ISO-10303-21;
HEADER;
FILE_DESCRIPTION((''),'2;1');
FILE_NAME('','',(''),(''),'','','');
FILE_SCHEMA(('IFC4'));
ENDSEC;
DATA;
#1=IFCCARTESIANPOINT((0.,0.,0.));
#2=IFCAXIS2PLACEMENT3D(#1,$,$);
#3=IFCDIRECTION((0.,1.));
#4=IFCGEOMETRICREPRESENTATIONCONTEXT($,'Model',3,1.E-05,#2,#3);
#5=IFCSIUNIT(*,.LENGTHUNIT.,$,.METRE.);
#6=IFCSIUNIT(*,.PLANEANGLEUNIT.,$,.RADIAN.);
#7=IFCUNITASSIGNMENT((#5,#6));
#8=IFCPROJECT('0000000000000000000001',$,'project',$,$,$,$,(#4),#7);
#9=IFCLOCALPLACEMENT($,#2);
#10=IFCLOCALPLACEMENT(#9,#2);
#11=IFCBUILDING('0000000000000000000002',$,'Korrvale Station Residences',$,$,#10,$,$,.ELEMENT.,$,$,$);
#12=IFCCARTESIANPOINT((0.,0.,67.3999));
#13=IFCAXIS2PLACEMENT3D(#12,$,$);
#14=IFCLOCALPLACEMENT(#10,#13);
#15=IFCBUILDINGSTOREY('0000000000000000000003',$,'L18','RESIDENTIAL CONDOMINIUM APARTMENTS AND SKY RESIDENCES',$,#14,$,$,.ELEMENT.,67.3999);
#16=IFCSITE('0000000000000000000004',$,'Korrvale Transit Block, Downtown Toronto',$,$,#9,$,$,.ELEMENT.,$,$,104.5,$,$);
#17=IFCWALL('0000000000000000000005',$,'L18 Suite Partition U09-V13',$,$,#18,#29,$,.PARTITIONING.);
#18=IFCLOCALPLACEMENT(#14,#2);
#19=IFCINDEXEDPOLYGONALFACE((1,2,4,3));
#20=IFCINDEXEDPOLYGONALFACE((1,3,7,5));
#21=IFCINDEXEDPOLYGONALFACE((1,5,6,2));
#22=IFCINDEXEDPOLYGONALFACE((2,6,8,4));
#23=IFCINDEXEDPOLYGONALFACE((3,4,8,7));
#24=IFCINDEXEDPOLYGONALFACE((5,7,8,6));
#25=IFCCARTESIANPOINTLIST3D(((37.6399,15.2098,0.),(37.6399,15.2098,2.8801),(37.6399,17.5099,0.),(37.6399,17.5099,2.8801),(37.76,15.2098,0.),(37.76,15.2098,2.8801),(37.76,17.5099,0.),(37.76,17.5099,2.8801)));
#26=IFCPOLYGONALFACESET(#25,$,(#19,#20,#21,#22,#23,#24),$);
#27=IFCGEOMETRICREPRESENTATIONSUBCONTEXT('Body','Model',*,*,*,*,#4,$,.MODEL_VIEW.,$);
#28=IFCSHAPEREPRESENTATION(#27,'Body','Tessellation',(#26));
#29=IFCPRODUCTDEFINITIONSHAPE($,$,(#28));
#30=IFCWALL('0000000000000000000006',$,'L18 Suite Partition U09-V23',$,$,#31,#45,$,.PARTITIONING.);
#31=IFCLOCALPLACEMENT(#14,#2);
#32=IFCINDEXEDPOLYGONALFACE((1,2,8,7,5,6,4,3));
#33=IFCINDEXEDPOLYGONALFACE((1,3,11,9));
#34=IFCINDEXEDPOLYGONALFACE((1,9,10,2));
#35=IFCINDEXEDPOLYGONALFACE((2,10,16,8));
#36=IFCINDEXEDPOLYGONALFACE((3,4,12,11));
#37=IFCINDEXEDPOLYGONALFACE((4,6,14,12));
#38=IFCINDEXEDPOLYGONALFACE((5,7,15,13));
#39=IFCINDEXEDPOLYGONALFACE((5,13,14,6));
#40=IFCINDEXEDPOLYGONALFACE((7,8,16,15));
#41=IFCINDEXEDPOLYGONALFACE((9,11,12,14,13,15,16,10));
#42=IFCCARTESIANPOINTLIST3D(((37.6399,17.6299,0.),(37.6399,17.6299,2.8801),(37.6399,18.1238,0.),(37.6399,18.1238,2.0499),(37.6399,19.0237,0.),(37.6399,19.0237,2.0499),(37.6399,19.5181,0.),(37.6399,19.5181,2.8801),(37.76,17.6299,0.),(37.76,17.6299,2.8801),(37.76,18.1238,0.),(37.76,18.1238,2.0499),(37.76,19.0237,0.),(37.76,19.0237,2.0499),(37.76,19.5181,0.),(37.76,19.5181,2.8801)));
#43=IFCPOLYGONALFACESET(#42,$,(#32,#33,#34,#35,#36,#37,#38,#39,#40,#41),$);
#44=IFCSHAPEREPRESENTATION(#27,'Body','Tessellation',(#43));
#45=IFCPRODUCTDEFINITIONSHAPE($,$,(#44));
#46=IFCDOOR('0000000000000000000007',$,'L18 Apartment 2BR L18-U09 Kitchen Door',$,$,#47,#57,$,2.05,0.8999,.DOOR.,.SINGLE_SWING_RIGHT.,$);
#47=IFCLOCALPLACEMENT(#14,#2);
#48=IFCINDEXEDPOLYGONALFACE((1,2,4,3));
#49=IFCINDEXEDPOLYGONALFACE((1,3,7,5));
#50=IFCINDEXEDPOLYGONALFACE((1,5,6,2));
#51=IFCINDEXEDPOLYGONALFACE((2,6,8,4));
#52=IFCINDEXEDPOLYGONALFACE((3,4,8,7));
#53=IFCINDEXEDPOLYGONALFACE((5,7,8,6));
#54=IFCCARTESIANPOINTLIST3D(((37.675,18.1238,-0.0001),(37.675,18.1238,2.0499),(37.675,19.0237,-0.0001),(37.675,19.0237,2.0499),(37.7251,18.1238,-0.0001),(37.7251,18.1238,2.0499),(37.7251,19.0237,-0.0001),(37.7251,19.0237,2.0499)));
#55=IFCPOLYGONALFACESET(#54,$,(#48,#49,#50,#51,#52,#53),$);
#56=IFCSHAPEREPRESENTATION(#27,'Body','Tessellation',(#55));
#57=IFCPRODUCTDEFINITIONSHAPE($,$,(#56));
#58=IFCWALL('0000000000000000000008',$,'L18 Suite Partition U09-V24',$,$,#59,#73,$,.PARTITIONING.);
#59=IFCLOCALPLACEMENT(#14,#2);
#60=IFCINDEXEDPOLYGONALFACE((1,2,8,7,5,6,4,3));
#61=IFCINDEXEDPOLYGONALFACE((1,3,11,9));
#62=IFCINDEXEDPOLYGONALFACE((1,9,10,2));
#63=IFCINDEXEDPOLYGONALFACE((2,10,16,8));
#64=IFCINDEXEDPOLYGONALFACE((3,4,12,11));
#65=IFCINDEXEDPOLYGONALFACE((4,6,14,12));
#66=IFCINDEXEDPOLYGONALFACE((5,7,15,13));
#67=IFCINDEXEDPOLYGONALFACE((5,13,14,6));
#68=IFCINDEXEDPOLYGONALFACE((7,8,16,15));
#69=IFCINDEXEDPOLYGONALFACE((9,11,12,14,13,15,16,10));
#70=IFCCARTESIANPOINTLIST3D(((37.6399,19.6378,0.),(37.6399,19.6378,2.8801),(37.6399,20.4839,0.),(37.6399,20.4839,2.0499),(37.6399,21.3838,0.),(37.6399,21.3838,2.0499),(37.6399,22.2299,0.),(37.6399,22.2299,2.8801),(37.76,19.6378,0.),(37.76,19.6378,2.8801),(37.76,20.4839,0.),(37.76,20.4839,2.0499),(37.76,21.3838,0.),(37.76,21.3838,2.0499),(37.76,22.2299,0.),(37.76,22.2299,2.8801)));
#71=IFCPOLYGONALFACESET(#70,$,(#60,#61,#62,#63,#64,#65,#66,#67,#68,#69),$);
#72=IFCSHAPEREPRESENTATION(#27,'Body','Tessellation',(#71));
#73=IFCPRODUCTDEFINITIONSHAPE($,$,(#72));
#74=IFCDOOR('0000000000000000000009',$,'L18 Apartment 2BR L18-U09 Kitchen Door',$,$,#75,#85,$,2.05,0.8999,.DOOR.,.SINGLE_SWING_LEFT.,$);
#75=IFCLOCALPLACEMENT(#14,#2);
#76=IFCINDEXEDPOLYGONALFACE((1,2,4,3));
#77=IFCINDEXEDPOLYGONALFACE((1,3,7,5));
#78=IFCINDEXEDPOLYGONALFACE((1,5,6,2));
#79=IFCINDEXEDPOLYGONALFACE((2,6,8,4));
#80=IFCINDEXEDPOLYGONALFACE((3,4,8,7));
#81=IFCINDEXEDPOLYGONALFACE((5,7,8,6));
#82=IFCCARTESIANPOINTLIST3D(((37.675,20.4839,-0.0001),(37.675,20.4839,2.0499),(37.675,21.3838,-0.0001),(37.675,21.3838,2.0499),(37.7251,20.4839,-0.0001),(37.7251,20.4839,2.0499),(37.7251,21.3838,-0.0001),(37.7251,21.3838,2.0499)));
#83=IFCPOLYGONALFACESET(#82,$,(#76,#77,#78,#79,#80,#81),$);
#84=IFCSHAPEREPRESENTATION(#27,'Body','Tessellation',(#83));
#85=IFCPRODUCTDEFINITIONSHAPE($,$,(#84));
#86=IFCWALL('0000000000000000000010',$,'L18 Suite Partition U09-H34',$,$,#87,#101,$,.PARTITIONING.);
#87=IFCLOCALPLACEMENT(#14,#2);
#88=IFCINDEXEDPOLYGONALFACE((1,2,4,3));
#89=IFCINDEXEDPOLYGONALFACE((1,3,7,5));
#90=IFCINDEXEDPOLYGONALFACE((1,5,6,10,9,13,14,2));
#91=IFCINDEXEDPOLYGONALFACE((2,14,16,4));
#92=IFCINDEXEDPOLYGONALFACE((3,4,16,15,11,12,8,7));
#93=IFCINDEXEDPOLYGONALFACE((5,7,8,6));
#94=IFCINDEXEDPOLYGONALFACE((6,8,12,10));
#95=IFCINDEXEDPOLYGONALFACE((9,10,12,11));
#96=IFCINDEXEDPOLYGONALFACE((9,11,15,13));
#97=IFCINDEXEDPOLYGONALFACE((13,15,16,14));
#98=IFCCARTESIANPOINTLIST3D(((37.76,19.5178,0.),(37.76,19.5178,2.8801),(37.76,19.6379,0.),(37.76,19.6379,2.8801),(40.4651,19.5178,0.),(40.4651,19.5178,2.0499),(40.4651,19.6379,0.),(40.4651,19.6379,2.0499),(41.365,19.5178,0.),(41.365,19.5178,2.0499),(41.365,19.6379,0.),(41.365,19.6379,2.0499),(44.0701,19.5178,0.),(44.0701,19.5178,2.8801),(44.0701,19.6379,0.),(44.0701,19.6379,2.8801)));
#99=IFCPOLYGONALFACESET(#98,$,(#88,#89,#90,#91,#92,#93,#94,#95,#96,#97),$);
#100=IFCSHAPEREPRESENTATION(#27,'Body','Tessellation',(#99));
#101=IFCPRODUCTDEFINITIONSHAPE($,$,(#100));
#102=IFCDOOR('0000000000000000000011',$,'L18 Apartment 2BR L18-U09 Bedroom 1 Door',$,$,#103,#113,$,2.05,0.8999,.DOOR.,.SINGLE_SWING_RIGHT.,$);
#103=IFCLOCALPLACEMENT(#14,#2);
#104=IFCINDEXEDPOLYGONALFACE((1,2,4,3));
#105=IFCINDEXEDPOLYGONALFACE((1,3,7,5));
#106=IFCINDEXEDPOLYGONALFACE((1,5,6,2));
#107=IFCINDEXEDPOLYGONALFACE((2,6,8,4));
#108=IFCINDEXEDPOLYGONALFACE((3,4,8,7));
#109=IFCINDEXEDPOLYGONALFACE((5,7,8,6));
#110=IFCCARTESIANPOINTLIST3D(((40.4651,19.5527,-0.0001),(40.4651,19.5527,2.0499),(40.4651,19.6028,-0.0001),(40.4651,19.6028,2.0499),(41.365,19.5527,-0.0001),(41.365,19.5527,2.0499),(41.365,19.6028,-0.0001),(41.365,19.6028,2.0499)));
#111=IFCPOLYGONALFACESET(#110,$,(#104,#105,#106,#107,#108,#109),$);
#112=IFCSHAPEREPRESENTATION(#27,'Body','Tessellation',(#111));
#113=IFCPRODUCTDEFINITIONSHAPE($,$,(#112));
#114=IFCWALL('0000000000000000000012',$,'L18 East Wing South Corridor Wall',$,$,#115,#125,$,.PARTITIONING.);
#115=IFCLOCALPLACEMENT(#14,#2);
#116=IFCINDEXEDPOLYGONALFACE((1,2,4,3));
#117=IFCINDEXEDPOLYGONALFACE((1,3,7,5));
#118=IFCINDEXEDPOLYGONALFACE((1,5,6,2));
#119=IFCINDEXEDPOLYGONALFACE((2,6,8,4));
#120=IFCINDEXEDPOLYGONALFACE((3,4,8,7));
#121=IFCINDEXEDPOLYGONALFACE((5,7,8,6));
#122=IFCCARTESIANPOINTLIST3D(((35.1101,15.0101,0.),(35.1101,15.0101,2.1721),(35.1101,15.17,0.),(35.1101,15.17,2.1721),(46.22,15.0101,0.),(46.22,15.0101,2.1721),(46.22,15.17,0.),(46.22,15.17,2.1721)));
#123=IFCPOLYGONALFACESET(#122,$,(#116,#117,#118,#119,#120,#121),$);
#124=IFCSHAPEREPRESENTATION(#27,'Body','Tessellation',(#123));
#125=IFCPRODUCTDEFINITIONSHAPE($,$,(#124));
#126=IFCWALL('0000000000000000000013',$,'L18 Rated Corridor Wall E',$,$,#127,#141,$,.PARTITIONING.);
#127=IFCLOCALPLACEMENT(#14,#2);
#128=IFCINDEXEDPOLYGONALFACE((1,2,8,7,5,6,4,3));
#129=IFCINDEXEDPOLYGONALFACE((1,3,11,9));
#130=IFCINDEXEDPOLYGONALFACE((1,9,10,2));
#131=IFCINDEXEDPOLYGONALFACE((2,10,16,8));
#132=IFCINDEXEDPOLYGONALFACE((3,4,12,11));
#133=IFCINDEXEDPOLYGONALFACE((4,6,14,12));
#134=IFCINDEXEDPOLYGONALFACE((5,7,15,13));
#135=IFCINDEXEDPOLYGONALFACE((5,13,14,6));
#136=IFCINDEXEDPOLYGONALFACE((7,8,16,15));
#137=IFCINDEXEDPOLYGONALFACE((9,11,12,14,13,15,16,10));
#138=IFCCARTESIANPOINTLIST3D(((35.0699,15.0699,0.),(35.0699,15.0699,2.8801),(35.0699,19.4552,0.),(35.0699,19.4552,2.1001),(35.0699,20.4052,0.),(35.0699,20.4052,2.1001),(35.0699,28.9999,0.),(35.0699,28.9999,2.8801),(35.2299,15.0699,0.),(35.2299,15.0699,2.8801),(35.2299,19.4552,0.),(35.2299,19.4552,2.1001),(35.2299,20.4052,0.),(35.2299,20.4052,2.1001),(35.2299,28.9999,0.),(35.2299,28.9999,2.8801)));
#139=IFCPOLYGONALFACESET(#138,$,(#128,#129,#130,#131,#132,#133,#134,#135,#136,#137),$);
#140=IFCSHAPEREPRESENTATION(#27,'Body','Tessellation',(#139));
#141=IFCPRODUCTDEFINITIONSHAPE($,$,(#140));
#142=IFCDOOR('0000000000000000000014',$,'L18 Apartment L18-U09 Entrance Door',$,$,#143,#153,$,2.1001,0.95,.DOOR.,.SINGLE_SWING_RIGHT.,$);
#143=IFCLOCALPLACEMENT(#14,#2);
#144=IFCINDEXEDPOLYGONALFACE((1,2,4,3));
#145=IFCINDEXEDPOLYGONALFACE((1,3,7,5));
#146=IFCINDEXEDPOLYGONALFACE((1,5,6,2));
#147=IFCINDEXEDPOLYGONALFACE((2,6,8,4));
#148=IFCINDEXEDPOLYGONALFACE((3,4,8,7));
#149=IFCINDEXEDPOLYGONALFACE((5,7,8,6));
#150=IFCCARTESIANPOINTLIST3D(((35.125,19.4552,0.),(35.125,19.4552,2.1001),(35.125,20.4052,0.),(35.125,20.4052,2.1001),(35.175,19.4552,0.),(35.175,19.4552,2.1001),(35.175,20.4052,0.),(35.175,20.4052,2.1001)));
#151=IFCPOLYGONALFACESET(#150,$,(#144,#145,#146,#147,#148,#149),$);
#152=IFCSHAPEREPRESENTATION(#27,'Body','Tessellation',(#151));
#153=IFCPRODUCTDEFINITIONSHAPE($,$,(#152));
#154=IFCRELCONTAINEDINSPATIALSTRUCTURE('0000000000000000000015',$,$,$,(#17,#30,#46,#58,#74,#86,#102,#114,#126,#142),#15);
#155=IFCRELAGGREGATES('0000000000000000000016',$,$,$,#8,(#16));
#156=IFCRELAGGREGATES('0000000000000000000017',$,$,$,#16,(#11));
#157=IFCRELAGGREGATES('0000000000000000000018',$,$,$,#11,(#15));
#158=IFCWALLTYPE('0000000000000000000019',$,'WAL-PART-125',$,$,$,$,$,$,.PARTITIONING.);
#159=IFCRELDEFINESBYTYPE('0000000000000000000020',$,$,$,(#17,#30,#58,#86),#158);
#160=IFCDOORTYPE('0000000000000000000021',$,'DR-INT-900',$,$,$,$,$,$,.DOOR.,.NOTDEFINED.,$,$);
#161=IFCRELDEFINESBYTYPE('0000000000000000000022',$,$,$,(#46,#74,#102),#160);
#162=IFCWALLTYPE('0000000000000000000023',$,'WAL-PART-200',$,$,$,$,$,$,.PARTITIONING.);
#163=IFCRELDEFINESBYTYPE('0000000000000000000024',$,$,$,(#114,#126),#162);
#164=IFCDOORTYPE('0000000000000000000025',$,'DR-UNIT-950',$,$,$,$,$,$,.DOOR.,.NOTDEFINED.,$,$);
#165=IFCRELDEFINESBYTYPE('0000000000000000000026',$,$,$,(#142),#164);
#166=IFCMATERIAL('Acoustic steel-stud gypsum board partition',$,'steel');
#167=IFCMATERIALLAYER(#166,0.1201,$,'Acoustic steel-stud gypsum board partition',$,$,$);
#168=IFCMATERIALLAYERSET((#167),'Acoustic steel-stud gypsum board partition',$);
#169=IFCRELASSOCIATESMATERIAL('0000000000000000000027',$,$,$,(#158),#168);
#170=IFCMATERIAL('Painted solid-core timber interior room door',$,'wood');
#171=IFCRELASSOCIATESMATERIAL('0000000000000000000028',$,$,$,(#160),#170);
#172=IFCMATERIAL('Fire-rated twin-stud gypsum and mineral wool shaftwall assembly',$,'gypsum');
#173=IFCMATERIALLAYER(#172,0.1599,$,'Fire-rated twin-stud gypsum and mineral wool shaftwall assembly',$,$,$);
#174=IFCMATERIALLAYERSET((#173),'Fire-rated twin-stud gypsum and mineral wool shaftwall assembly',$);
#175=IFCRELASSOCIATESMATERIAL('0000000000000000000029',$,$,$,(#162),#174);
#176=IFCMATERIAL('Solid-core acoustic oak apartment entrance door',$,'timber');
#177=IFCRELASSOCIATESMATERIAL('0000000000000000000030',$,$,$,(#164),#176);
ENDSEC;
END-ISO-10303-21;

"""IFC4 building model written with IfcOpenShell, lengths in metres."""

from ifc_helpers import new_model, si_unit, direction, frame, frame_2d, origin, place, context, subcontext, project, spatial, rectangle, extrude, material, layer, layer_set, type_object, element, fill, save


model = new_model("IFC4")

# Units and contexts
model_context = context("Model", 3, precision=1e-05, world=origin(), true_north=direction((0.0, 1.0)))
body_context = subcontext(model_context, "Body", "Model", "MODEL_VIEW")
ifc_project = project(units=[si_unit("LENGTHUNIT", "METRE"), si_unit("PLANEANGLEUNIT", "RADIAN")], contexts=[model_context])

# Site, building, storey
site_placement = place(None, origin())
site = spatial("IfcSite", under=ifc_project, at=site_placement, Name="Korrvale Transit Block, Downtown Toronto", CompositionType="ELEMENT", RefElevation=104.5)
building_placement = place(site_placement, origin())
building = spatial("IfcBuilding", under=site, at=building_placement, Name="Korrvale Station Residences", CompositionType="ELEMENT")
storey_placement = place(building_placement, frame((0.0, 0.0, 67.3999)))
storey = spatial("IfcBuildingStorey", under=building, at=storey_placement, Name="L18", Description="RESIDENTIAL CONDOMINIUM APARTMENTS AND SKY RESIDENCES", CompositionType="ELEMENT", Elevation=67.3999)

# Shared definitions
ifc_material_1 = material(Name="Acoustic steel-stud gypsum board partition", Category="steel")
ifc_layer_1 = layer(ifc_material_1, 0.1201, Name="Acoustic steel-stud gypsum board partition")
ifc_layer_set_1 = layer_set([ifc_layer_1], Name="Acoustic steel-stud gypsum board partition")
wall_type_1 = type_object("IfcWallType", Name="WAL-PART-125", PredefinedType="PARTITIONING", material=ifc_layer_set_1)
ifc_material_2 = material(Name="Painted solid-core timber interior room door", Category="wood")
door_type_1 = type_object("IfcDoorType", Name="DR-INT-900", OperationType="NOTDEFINED", PredefinedType="DOOR", material=ifc_material_2)

# Wall
wall_1_placement = place(storey_placement, frame((37.7, 15.21, 0.0), z_axis=(0.0, 0.0, 1.0), x_axis=(0.0, 1.0, 0.0)))
element("IfcWall", 1, at=wall_1_placement, inside=storey, type_object=wall_type_1, Name="L18 Suite Partition U09-V13", PredefinedType="PARTITIONING", context=body_context, shape_type="SweptSolid", body=[
    extrude(rectangle(XDim=2.3, YDim=0.1201, at=frame_2d((1.1499, 0.0))), origin(), (0.0, 0.0, 1.0), 2.8801),
])

# Walls, openings, doors
wall_2_placement = place(storey_placement, frame((37.7, 17.6299, 0.0), z_axis=(0.0, 0.0, 1.0), x_axis=(0.0, 1.0, 0.0)))
wall_2 = element("IfcWall", 2, at=wall_2_placement, inside=storey, type_object=wall_type_1, Name="L18 Suite Partition U09-V23", PredefinedType="PARTITIONING", context=body_context, shape_type="SweptSolid", body=[
    extrude(rectangle(XDim=1.8882, YDim=0.1201, at=frame_2d((0.9441, 0.0))), origin(), (0.0, 0.0, 1.0), 2.8801),
])
opening_1_placement = place(wall_2_placement, frame((0.4939, 0.0, 0.0)))
opening_1 = element("IfcOpeningElement", 3, at=opening_1_placement, cuts=wall_2, PredefinedType="OPENING", context=body_context, shape_type="SweptSolid", body=[
    extrude(rectangle(XDim=0.8999, YDim=2.05, at=frame_2d((0.45, 1.0249))), frame((0.0, 0.0701, 0.0), z_axis=(0.0, -1.0, 0.0), x_axis=(1.0, 0.0, 0.0)), (0.0, 0.0, 1.0), 0.1401),
])
door_1_placement = place(opening_1_placement, origin())
door_1 = element("IfcDoor", 4, at=door_1_placement, inside=storey, type_object=door_type_1, Name="L18 Apartment 2BR L18-U09 Kitchen Door", OperationType="SINGLE_SWING_RIGHT", OverallHeight=2.05, OverallWidth=0.8999, PredefinedType="DOOR", context=body_context, shape_type="SweptSolid", body=[
    extrude(rectangle(XDim=0.8999, YDim=2.05, at=frame_2d((0.45, 1.0249))), frame((0.0, 0.0249, 0.0), z_axis=(0.0, -1.0, 0.0), x_axis=(1.0, 0.0, 0.0)), (0.0, 0.0, 1.0), 0.05),
])
fill(opening_1, door_1)
wall_3_placement = place(storey_placement, frame((37.7, 19.6379, 0.0), z_axis=(0.0, 0.0, 1.0), x_axis=(0.0, 1.0, 0.0)))
wall_3 = element("IfcWall", 5, at=wall_3_placement, inside=storey, type_object=wall_type_1, Name="L18 Suite Partition U09-V24", PredefinedType="PARTITIONING", context=body_context, shape_type="SweptSolid", body=[
    extrude(rectangle(XDim=2.592, YDim=0.1201, at=frame_2d((1.2959, 0.0))), origin(), (0.0, 0.0, 1.0), 2.8801),
])
opening_2_placement = place(wall_3_placement, frame((0.8459, 0.0, 0.0)))
opening_2 = element("IfcOpeningElement", 6, at=opening_2_placement, cuts=wall_3, PredefinedType="OPENING", context=body_context, shape_type="SweptSolid", body=[
    extrude(rectangle(XDim=0.8999, YDim=2.05, at=frame_2d((0.45, 1.0249))), frame((0.0, 0.0701, 0.0), z_axis=(0.0, -1.0, 0.0), x_axis=(1.0, 0.0, 0.0)), (0.0, 0.0, 1.0), 0.1401),
])
door_2_placement = place(opening_2_placement, origin())
door_2 = element("IfcDoor", 7, at=door_2_placement, inside=storey, type_object=door_type_1, Name="L18 Apartment 2BR L18-U09 Kitchen Door", OperationType="SINGLE_SWING_LEFT", OverallHeight=2.05, OverallWidth=0.8999, PredefinedType="DOOR", context=body_context, shape_type="SweptSolid", body=[
    extrude(rectangle(XDim=0.8999, YDim=2.05, at=frame_2d((0.45, 1.0249))), frame((0.0, 0.0249, 0.0), z_axis=(0.0, -1.0, 0.0), x_axis=(1.0, 0.0, 0.0)), (0.0, 0.0, 1.0), 0.05),
])
fill(opening_2, door_2)
wall_4_placement = place(storey_placement, frame((37.76, 19.5779, 0.0), z_axis=(0.0, 0.0, 1.0), x_axis=(1.0, 0.0, 0.0)))
wall_4 = element("IfcWall", 8, at=wall_4_placement, inside=storey, type_object=wall_type_1, Name="L18 Suite Partition U09-H34", PredefinedType="PARTITIONING", context=body_context, shape_type="SweptSolid", body=[
    extrude(rectangle(XDim=6.3101, YDim=0.1201, at=frame_2d((3.155, 0.0))), origin(), (0.0, 0.0, 1.0), 2.8801),
])
opening_3_placement = place(wall_4_placement, frame((2.7051, 0.0, 0.0)))
opening_3 = element("IfcOpeningElement", 9, at=opening_3_placement, cuts=wall_4, PredefinedType="OPENING", context=body_context, shape_type="SweptSolid", body=[
    extrude(rectangle(XDim=0.8999, YDim=2.05, at=frame_2d((0.45, 1.0249))), frame((0.0, 0.0701, 0.0), z_axis=(0.0, -1.0, 0.0), x_axis=(1.0, 0.0, 0.0)), (0.0, 0.0, 1.0), 0.1401),
])
door_3_placement = place(opening_3_placement, origin())
door_3 = element("IfcDoor", 10, at=door_3_placement, inside=storey, type_object=door_type_1, Name="L18 Apartment 2BR L18-U09 Bedroom 1 Door", OperationType="SINGLE_SWING_RIGHT", OverallHeight=2.05, OverallWidth=0.8999, PredefinedType="DOOR", context=body_context, shape_type="SweptSolid", body=[
    extrude(rectangle(XDim=0.8999, YDim=2.05, at=frame_2d((0.45, 1.0249))), frame((0.0, 0.0249, 0.0), z_axis=(0.0, -1.0, 0.0), x_axis=(1.0, 0.0, 0.0)), (0.0, 0.0, 1.0), 0.05),
])
fill(opening_3, door_3)

# Wall
ifc_material_3 = material(Name="Fire-rated twin-stud gypsum and mineral wool shaftwall assembly", Category="gypsum")
ifc_layer_2 = layer(ifc_material_3, 0.1599, Name="Fire-rated twin-stud gypsum and mineral wool shaftwall assembly")
ifc_layer_set_2 = layer_set([ifc_layer_2], Name="Fire-rated twin-stud gypsum and mineral wool shaftwall assembly")
wall_type_2 = type_object("IfcWallType", Name="WAL-PART-200", PredefinedType="PARTITIONING", material=ifc_layer_set_2)
wall_5_placement = place(storey_placement, frame((35.1101, 15.0901, 0.0), z_axis=(0.0, 0.0, 1.0), x_axis=(1.0, 0.0, 0.0)))
element("IfcWall", 11, at=wall_5_placement, inside=storey, type_object=wall_type_2, Name="L18 East Wing South Corridor Wall", PredefinedType="PARTITIONING", context=body_context, shape_type="SweptSolid", body=[
    extrude(rectangle(XDim=11.1099, YDim=0.1599, at=frame_2d((5.5549, 0.0))), origin(), (0.0, 0.0, 1.0), 2.1721),
])

# Wall, opening, door
wall_6_placement = place(storey_placement, frame((35.1499, 15.0701, 0.0), z_axis=(0.0, 0.0, 1.0), x_axis=(0.0, 1.0, 0.0)))
wall_6 = element("IfcWall", 12, at=wall_6_placement, inside=storey, type_object=wall_type_2, Name="L18 Rated Corridor Wall E", PredefinedType="PARTITIONING", context=body_context, shape_type="SweptSolid", body=[
    extrude(rectangle(XDim=13.9299, YDim=0.1599, at=frame_2d((6.9648, 0.0))), origin(), (0.0, 0.0, 1.0), 2.8801),
])
opening_4_placement = place(wall_6_placement, frame((4.385, 0.0, 0.0)))
opening_4 = element("IfcOpeningElement", 13, at=opening_4_placement, cuts=wall_6, PredefinedType="OPENING", context=body_context, shape_type="SweptSolid", body=[
    extrude(rectangle(XDim=0.95, YDim=2.1001, at=frame_2d((0.4751, 1.05))), frame((0.0, 0.0898, 0.0), z_axis=(0.0, -1.0, 0.0), x_axis=(1.0, 0.0, 0.0)), (0.0, 0.0, 1.0), 0.1799),
])
ifc_material_4 = material(Name="Solid-core acoustic oak apartment entrance door", Category="timber")
door_type_2 = type_object("IfcDoorType", Name="DR-UNIT-950", OperationType="NOTDEFINED", PredefinedType="DOOR", material=ifc_material_4)
door_4_placement = place(opening_4_placement, origin())
door_4 = element("IfcDoor", 14, at=door_4_placement, inside=storey, type_object=door_type_2, Name="L18 Apartment L18-U09 Entrance Door", OperationType="SINGLE_SWING_RIGHT", OverallHeight=2.1001, OverallWidth=0.95, PredefinedType="DOOR", context=body_context, shape_type="SweptSolid", body=[
    extrude(rectangle(XDim=0.95, YDim=2.1001, at=frame_2d((0.4751, 1.05))), frame((0.0, 0.0249, 0.0), z_axis=(0.0, -1.0, 0.0), x_axis=(1.0, 0.0, 0.0)), (0.0, 0.0, 1.0), 0.05),
])
fill(opening_4, door_4)

save(model, "model.ifc")
